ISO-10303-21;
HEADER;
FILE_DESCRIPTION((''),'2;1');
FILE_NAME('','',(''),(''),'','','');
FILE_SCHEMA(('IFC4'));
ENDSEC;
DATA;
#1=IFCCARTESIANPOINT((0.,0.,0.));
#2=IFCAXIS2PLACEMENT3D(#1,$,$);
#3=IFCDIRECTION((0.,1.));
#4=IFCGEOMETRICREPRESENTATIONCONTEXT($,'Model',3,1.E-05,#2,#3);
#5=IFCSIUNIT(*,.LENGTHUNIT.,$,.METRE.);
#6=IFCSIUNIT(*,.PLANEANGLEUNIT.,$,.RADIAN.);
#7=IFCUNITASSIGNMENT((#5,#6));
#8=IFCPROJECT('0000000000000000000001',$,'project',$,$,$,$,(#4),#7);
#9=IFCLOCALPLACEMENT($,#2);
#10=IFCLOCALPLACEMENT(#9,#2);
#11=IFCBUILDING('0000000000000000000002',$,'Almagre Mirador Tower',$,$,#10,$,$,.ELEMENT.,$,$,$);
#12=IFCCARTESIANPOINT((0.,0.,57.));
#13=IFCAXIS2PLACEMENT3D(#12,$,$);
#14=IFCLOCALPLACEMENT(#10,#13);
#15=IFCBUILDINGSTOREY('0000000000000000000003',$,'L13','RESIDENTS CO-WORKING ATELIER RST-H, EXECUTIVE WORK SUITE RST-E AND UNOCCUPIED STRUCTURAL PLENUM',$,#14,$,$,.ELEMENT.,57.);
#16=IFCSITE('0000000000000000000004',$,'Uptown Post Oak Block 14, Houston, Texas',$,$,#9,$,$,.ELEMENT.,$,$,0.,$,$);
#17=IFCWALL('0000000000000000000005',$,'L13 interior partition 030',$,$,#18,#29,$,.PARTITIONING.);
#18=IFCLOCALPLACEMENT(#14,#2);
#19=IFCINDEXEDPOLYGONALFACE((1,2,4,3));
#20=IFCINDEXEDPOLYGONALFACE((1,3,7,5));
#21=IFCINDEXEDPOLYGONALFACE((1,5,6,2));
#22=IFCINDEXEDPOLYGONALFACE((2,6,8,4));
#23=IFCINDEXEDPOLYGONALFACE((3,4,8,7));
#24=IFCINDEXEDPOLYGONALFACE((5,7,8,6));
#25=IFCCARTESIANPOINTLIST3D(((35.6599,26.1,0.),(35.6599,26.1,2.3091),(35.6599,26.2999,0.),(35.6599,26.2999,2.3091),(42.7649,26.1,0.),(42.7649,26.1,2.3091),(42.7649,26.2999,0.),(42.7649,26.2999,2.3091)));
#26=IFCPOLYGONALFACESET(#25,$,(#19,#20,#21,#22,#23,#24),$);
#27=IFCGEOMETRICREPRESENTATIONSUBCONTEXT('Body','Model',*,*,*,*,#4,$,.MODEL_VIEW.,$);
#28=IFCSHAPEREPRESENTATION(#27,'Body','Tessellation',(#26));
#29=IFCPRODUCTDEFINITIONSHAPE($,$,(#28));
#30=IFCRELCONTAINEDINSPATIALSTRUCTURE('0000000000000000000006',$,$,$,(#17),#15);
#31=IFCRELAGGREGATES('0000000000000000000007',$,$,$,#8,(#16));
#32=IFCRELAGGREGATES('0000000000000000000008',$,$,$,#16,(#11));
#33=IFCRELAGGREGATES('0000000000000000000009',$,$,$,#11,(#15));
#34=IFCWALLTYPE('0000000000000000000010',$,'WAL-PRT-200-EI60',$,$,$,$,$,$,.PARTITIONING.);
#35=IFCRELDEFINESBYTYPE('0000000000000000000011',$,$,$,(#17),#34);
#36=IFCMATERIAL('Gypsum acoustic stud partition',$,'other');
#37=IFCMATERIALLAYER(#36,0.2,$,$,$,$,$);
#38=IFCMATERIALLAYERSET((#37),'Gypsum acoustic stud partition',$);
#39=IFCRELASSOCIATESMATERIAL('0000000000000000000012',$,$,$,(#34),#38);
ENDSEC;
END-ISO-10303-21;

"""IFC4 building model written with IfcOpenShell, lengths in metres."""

from ifc_helpers import new_model, si_unit, direction, frame, frame_2d, origin, place, context, subcontext, project, spatial, rectangle, extrude, material, layer, layer_set, type_object, element, save


model = new_model("IFC4")

# Units and contexts
model_context = context("Model", 3, precision=1e-05, world=origin(), true_north=direction((0.0, 1.0)))
body_context = subcontext(model_context, "Body", "Model", "MODEL_VIEW")
ifc_project = project(units=[si_unit("LENGTHUNIT", "METRE"), si_unit("PLANEANGLEUNIT", "RADIAN")], contexts=[model_context])

# Site, building, storey
site_placement = place(None, origin())
site = spatial("IfcSite", under=ifc_project, at=site_placement, Name="Uptown Post Oak Block 14, Houston, Texas", CompositionType="ELEMENT", RefElevation=0.0)
building_placement = place(site_placement, origin())
building = spatial("IfcBuilding", under=site, at=building_placement, Name="Almagre Mirador Tower", CompositionType="ELEMENT")
storey_placement = place(building_placement, frame((0.0, 0.0, 57.0)))
storey = spatial("IfcBuildingStorey", under=building, at=storey_placement, Name="L13", Description="RESIDENTS CO-WORKING ATELIER RST-H, EXECUTIVE WORK SUITE RST-E AND UNOCCUPIED STRUCTURAL PLENUM", CompositionType="ELEMENT", Elevation=57.0)

# Shared definitions
ifc_material_1 = material(Name="Gypsum acoustic stud partition", Category="other")
ifc_layer_1 = layer(ifc_material_1, 0.2)
ifc_layer_set_1 = layer_set([ifc_layer_1], Name="Gypsum acoustic stud partition")
wall_type_1 = type_object("IfcWallType", Name="WAL-PRT-200-EI60", PredefinedType="PARTITIONING", material=ifc_layer_set_1)

# Wall
wall_1_placement = place(storey_placement, frame((42.7649, 26.2, 0.0), z_axis=(0.0, 0.0, 1.0), x_axis=(-1.0, 0.0, 0.0)))
element("IfcWall", 1, at=wall_1_placement, inside=storey, type_object=wall_type_1, Name="L13 interior partition 030", PredefinedType="PARTITIONING", context=body_context, shape_type="SweptSolid", body=[
    extrude(rectangle(XDim=7.105, YDim=0.2, at=frame_2d((3.5525, 0.0))), origin(), (0.0, 0.0, 1.0), 2.3091),
])

save(model, "model.ifc")
